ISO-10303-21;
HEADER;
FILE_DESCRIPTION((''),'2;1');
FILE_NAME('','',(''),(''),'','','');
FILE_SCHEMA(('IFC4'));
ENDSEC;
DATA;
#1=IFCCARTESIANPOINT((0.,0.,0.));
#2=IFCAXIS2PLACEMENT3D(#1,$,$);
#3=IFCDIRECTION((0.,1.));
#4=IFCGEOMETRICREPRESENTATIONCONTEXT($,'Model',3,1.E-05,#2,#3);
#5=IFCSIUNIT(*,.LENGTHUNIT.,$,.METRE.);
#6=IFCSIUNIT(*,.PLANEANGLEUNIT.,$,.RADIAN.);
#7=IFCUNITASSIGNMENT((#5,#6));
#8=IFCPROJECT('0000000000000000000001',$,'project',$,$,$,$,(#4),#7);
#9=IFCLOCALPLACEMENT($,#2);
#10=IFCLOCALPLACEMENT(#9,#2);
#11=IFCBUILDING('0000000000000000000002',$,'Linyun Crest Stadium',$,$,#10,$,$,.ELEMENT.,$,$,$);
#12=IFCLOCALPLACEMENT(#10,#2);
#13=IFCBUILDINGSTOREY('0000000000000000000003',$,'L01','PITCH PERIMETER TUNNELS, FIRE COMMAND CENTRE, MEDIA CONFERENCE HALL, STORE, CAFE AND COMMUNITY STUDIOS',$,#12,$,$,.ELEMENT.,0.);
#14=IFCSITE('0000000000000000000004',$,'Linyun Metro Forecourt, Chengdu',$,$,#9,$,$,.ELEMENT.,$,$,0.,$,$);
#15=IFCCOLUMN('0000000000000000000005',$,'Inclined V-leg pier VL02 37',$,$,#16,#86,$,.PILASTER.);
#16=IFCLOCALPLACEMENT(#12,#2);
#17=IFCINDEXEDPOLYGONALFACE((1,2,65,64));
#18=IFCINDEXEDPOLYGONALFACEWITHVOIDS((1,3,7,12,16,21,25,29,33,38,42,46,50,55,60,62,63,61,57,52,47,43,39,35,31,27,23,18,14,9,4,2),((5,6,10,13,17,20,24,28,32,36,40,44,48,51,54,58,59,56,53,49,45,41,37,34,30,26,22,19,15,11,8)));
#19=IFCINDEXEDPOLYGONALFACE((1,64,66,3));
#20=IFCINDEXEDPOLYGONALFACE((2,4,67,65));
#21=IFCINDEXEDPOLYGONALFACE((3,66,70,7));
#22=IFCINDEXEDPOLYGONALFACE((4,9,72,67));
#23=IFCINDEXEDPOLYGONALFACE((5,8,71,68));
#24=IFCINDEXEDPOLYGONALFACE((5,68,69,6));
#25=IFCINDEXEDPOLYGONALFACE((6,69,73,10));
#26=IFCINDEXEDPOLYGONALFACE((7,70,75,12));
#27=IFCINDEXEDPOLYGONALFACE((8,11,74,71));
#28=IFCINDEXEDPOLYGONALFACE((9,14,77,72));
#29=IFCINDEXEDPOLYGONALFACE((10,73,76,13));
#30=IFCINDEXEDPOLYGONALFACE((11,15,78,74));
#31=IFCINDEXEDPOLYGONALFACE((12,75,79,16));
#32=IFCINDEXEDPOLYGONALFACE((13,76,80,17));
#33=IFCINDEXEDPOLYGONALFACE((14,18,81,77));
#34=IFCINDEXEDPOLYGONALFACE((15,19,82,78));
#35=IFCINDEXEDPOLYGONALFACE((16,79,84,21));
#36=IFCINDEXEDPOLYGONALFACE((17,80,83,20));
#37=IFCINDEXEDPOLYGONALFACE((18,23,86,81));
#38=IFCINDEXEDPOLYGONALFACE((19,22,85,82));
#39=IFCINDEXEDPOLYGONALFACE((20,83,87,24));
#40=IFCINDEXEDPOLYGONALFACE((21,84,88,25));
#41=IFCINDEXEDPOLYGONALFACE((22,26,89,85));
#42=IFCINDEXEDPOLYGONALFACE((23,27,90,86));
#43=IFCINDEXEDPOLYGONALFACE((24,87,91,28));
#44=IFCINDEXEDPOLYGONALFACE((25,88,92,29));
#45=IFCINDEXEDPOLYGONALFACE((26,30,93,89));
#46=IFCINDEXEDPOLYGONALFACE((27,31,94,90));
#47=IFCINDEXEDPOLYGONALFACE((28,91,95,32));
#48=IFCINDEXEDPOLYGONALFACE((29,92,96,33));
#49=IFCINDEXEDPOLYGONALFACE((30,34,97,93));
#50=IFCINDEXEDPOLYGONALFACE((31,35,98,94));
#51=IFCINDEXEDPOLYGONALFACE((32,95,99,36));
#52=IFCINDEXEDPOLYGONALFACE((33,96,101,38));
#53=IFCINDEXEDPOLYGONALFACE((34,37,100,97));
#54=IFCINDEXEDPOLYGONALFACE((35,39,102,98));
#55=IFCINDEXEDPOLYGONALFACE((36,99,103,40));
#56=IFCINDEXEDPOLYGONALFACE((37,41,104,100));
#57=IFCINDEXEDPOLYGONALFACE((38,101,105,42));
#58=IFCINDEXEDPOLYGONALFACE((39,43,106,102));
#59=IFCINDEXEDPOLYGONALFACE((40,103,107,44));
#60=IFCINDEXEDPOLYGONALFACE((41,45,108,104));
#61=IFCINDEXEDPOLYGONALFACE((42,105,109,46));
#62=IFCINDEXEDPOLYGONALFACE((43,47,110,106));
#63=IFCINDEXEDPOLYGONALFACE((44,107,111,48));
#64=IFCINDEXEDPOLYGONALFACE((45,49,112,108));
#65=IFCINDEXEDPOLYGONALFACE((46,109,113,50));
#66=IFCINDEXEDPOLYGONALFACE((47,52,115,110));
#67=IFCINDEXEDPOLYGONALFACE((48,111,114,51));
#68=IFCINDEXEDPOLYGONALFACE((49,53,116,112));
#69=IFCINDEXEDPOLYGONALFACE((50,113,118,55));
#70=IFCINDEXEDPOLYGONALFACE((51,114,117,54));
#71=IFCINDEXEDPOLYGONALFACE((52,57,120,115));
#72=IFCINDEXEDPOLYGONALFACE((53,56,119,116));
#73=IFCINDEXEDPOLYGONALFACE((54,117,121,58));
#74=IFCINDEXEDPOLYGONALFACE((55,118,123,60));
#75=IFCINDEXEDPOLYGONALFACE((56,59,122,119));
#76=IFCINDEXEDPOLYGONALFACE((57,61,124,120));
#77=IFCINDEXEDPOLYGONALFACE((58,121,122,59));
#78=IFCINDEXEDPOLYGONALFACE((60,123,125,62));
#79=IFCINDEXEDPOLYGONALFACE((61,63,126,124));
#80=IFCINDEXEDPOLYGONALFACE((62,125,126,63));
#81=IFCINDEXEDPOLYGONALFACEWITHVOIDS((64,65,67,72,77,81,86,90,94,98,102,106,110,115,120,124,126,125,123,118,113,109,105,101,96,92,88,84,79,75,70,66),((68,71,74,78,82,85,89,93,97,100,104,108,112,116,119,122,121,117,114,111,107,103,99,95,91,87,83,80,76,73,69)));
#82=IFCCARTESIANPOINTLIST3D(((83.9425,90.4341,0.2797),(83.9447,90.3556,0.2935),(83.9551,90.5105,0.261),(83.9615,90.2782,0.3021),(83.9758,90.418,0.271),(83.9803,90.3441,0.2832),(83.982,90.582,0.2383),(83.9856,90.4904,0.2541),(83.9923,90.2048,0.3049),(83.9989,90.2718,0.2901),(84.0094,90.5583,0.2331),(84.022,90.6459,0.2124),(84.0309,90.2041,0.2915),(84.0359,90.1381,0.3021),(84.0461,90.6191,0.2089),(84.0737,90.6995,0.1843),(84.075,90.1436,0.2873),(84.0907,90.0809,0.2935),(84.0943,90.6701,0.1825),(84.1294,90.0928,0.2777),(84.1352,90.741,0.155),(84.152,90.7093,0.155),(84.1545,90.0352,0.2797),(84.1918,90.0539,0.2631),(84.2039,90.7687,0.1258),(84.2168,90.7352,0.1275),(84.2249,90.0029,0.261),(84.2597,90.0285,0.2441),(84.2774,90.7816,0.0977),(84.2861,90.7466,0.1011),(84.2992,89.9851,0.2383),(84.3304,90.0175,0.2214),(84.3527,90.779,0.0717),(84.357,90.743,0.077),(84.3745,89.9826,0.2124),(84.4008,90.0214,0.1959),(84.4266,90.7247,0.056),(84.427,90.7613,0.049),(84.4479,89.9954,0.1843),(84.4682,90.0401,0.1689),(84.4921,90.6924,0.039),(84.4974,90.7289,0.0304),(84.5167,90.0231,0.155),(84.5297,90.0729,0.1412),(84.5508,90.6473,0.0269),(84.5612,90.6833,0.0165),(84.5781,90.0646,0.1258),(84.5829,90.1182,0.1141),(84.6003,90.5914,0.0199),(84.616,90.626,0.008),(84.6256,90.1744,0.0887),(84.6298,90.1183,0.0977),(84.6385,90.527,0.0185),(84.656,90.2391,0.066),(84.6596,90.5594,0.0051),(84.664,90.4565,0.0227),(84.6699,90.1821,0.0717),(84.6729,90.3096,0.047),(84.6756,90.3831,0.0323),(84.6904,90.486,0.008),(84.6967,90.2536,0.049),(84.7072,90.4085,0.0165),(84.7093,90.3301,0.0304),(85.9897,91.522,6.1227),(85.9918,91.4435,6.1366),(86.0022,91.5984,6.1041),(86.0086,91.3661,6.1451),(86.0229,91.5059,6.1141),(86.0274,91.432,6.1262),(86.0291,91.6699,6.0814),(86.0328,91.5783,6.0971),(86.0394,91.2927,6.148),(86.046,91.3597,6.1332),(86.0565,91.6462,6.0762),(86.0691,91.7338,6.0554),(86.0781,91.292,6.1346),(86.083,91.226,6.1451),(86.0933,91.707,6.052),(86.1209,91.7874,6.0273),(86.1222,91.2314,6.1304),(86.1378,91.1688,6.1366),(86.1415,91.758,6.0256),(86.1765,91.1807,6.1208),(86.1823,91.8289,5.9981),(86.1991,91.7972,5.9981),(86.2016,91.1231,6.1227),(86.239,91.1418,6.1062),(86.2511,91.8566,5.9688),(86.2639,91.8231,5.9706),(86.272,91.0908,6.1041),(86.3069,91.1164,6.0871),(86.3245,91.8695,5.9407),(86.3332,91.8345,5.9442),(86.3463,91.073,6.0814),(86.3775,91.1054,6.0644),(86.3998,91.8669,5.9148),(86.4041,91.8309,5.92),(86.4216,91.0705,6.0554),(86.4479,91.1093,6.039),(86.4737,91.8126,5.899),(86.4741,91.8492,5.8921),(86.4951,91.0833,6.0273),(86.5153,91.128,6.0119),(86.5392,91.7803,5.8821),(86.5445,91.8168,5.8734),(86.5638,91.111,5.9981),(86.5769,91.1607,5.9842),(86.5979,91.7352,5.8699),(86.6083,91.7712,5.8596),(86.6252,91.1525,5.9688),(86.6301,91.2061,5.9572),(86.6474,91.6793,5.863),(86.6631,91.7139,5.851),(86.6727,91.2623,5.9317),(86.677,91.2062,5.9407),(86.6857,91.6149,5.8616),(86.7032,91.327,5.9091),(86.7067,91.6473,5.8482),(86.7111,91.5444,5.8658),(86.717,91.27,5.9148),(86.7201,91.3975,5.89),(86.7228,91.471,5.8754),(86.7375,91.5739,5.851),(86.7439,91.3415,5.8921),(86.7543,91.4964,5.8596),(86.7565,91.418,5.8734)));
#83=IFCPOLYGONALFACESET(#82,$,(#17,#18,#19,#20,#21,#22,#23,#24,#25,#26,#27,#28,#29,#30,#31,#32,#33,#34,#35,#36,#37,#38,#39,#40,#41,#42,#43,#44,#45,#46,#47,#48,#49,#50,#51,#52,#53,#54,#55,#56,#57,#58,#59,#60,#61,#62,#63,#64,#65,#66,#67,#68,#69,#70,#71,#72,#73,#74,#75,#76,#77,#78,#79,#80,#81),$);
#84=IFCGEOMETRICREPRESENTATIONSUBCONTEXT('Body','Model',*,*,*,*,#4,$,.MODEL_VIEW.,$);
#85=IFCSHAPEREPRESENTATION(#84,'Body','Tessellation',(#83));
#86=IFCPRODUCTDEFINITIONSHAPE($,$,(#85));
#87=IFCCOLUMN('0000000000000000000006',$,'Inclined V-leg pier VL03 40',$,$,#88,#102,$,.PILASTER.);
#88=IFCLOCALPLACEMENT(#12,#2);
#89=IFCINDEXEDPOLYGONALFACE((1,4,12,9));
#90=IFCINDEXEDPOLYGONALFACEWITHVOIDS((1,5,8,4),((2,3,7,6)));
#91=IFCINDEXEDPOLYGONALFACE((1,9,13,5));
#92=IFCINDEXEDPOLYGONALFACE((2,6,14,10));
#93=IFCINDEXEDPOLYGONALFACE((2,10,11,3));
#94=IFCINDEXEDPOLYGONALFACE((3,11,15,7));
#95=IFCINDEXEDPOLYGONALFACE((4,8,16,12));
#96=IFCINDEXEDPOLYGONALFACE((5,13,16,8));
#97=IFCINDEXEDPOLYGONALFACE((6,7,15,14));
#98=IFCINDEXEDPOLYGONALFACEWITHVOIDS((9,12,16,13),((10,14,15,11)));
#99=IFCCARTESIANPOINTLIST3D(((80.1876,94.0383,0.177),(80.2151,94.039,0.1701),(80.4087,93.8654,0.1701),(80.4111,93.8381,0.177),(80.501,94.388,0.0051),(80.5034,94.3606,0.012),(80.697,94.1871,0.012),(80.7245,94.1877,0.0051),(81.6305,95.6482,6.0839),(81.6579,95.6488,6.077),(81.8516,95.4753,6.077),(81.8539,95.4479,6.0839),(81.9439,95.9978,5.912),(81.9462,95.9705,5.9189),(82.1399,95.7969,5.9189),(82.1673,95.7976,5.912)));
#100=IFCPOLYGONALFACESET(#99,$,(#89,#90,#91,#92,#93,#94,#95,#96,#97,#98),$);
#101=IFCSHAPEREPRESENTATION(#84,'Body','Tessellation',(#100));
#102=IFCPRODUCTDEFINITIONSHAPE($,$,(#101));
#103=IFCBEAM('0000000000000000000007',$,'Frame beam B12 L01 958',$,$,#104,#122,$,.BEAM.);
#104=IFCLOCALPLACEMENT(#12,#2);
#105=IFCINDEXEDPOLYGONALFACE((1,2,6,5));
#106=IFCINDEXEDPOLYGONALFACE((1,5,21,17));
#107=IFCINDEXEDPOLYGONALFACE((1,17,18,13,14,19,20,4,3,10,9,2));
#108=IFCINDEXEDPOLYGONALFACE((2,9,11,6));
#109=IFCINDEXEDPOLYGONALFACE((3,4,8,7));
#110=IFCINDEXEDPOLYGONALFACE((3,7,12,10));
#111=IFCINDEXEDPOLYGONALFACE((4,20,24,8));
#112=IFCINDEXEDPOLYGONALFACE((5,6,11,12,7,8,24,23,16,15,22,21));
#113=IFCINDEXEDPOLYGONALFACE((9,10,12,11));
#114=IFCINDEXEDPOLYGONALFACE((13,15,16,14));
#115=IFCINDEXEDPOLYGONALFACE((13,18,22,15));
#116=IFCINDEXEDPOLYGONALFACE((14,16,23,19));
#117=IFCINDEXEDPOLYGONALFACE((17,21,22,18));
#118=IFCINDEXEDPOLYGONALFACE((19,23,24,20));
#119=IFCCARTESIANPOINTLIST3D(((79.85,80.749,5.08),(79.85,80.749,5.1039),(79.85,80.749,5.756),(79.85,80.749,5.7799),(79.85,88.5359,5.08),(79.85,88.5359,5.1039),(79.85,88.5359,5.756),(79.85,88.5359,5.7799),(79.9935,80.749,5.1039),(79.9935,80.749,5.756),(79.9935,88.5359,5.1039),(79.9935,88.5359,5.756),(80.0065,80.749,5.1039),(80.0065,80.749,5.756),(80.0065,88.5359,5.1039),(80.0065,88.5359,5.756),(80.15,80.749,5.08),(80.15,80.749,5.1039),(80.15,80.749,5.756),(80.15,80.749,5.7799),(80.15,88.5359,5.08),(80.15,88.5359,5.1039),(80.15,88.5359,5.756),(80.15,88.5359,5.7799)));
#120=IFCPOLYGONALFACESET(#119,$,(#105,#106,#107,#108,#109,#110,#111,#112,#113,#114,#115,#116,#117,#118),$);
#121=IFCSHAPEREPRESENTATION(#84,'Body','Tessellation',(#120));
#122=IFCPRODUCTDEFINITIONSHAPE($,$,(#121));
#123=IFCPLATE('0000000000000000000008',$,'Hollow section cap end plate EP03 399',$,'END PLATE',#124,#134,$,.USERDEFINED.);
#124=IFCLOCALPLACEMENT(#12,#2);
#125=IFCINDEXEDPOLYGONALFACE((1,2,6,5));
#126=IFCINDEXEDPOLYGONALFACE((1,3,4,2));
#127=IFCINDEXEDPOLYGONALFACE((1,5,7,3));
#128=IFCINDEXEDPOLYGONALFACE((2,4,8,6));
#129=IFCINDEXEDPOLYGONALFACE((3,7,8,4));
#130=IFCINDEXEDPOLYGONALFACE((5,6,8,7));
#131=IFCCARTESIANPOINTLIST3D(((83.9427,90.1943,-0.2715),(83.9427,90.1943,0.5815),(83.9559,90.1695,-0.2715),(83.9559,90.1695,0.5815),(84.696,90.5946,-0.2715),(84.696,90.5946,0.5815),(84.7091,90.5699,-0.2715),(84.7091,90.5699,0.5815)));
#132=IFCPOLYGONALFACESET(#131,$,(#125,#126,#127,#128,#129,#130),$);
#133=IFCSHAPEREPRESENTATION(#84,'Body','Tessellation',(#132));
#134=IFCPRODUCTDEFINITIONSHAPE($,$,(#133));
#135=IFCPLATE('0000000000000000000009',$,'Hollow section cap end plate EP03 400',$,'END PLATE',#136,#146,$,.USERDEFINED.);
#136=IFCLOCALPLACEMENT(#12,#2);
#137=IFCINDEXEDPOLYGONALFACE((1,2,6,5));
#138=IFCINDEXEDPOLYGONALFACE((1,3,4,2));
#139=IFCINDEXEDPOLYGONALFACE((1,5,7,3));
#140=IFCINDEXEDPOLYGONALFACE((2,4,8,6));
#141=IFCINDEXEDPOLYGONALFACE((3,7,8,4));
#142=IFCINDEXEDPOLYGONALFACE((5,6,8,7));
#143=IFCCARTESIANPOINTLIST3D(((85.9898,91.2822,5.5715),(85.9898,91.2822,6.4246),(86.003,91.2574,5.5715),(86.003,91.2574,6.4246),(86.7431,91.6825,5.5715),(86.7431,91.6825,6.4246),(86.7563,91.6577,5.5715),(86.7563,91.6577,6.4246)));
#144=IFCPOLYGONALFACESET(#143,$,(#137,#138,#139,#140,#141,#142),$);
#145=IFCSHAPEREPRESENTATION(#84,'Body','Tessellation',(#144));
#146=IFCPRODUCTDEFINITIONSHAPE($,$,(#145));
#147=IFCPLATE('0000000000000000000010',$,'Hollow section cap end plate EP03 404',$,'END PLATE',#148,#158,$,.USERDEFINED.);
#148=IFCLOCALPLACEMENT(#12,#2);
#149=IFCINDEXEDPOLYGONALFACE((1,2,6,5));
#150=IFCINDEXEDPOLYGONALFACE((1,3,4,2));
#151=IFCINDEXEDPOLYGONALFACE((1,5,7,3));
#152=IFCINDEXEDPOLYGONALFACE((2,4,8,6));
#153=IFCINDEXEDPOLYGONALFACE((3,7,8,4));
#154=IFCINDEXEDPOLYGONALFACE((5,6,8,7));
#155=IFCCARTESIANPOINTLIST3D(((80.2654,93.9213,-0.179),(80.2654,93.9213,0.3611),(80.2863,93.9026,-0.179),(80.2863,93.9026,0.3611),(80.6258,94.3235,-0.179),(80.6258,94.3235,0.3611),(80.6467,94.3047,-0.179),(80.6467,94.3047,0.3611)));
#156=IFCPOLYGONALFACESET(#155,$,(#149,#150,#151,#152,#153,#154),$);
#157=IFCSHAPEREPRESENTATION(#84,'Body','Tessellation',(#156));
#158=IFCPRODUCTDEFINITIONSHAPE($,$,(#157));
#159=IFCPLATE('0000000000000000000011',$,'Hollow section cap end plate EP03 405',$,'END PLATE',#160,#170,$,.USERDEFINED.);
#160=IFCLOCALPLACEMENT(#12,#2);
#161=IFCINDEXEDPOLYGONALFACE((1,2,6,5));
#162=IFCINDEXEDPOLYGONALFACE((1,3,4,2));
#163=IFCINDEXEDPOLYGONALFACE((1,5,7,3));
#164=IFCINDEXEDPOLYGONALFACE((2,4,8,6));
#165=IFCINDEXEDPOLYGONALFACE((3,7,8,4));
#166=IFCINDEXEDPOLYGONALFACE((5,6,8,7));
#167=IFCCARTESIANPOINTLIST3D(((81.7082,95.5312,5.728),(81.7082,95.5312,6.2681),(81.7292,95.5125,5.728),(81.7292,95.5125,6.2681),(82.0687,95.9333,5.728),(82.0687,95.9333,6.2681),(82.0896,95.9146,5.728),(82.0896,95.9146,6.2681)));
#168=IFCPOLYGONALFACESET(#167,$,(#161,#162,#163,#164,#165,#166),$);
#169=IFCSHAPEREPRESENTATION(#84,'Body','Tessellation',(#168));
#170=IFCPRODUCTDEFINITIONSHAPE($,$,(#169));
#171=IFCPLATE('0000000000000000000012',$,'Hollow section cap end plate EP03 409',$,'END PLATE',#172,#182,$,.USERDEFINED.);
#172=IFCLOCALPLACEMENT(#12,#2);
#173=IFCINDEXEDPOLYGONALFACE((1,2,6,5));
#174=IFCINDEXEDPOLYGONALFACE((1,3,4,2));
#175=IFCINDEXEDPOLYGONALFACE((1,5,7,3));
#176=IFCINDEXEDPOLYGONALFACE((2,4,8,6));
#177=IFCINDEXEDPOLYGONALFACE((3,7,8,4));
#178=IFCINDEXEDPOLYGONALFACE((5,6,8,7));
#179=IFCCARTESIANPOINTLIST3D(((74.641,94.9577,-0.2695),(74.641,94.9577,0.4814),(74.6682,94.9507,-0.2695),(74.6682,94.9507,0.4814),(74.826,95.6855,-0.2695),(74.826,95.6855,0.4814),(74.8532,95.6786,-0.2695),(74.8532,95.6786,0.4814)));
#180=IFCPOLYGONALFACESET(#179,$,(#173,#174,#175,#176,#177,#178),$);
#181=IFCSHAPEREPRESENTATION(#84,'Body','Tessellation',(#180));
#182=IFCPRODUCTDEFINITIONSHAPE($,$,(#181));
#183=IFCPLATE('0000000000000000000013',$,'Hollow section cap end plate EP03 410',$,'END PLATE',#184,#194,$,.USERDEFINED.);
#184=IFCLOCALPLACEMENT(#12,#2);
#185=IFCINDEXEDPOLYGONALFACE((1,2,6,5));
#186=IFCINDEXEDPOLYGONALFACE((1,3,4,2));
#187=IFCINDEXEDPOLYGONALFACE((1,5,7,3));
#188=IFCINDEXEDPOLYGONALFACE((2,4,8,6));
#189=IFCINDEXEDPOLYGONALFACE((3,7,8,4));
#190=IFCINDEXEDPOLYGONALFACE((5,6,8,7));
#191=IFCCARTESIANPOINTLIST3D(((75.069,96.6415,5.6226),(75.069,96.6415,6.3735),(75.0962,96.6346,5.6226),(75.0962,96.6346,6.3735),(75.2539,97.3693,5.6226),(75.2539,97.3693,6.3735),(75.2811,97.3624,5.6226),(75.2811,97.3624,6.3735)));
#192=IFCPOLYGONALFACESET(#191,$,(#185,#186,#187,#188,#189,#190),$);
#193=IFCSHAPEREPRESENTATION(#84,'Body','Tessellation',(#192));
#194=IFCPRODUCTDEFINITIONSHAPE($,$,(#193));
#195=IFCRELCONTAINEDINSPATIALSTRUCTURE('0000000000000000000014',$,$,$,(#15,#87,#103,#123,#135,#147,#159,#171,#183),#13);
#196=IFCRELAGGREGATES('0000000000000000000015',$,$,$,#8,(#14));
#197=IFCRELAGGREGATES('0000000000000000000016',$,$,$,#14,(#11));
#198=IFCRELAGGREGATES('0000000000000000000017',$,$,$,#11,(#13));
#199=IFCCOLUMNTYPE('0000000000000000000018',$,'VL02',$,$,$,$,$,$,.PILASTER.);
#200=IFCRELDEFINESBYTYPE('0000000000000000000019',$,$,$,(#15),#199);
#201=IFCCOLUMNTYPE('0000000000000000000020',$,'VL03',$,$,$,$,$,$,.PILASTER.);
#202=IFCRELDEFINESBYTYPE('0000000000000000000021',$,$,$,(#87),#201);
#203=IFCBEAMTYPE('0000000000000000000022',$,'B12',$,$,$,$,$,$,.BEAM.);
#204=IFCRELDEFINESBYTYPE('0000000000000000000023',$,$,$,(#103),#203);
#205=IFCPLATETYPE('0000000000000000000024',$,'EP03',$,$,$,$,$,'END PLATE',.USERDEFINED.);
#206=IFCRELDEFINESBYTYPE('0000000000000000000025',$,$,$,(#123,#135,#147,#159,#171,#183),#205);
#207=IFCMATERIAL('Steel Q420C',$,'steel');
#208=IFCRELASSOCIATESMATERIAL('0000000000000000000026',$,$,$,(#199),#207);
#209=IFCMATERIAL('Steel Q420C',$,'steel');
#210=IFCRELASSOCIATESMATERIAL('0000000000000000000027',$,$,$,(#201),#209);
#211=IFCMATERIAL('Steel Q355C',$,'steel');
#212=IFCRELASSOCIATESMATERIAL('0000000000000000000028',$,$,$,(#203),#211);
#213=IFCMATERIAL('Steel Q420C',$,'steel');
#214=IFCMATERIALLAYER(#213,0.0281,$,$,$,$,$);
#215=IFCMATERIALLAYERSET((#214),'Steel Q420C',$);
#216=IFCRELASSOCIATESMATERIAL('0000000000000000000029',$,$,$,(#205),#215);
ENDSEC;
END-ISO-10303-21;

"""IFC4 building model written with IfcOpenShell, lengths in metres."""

from ifc_helpers import new_model, si_unit, direction, frame, origin, origin_2d, place, context, subcontext, project, spatial, rectangle, hollow_rectangle, hollow_circle, i_section, extrude, material, layer, layer_set, material_profile, profile_set, type_object, element, save


model = new_model("IFC4")

# Units and contexts
model_context = context("Model", 3, precision=1e-05, world=origin(), true_north=direction((0.0, 1.0)))
body_context = subcontext(model_context, "Body", "Model", "MODEL_VIEW")
ifc_project = project(units=[si_unit("LENGTHUNIT", "METRE"), si_unit("PLANEANGLEUNIT", "RADIAN")], contexts=[model_context])

# Site, building, storey
site_placement = place(None, origin())
site = spatial("IfcSite", under=ifc_project, at=site_placement, Name="Linyun Metro Forecourt, Chengdu", CompositionType="ELEMENT", RefElevation=0.0)
building_placement = place(site_placement, origin())
building = spatial("IfcBuilding", under=site, at=building_placement, Name="Linyun Crest Stadium", CompositionType="ELEMENT")
storey_placement = place(building_placement, origin())
storey = spatial("IfcBuildingStorey", under=building, at=storey_placement, Name="L01", Description="PITCH PERIMETER TUNNELS, FIRE COMMAND CENTRE, MEDIA CONFERENCE HALL, STORE, CAFE AND COMMUNITY STUDIOS", CompositionType="ELEMENT", Elevation=0.0)

# Columns
ifc_material_1 = material(Name="Steel Q420C", Category="steel")
ifc_material_profile_1 = material_profile(ifc_material_1, hollow_circle(Radius=0.4065, WallThickness=0.0359, at=origin_2d()), Name="CHS 813x36")
ifc_profile_set_1 = profile_set([ifc_material_profile_1], Name="Steel Q420C")
column_type_1 = type_object("IfcColumnType", Name="VL02", PredefinedType="PILASTER", material=ifc_profile_set_1)
column_1_placement = place(storey_placement, frame((84.3259, 90.3821, 0.155), z_axis=(0.325658, 0.173063, 0.929514), x_axis=(-0.469276, 0.883052, 0.0)))
element("IfcColumn", 1, at=column_1_placement, inside=storey, type_object=column_type_1, Name="Inclined V-leg pier VL02 37", PredefinedType="PILASTER", context=body_context, shape_type="SweptSolid", body=[
    extrude(hollow_circle(Radius=0.4065, WallThickness=0.0359, at=origin_2d()), origin(), (0.0, 0.0, 1.0), 6.2861),
])
ifc_material_2 = material(Name="Steel Q420C", Category="steel")
ifc_material_profile_2 = material_profile(ifc_material_2, hollow_rectangle(XDim=0.3, YDim=0.5, WallThickness=0.02, at=origin_2d()), Name="RHS 500x300x20")
ifc_profile_set_2 = profile_set([ifc_material_profile_2], Name="Steel Q420C")
column_type_2 = type_object("IfcColumnType", Name="VL03", PredefinedType="PILASTER", material=ifc_profile_set_2)
column_2_placement = place(storey_placement, frame((80.4561, 94.113, 0.0911), z_axis=(0.229386, 0.255934, 0.939085), x_axis=(-0.744674, 0.667428, 0.0)))
element("IfcColumn", 2, at=column_2_placement, inside=storey, type_object=column_type_2, Name="Inclined V-leg pier VL03 40", PredefinedType="PILASTER", context=body_context, shape_type="SweptSolid", body=[
    extrude(hollow_rectangle(XDim=0.3, YDim=0.5, WallThickness=0.02, at=origin_2d()), origin(), (0.0, 0.0, 1.0), 6.29),
])

# Beam
ifc_material_3 = material(Name="Steel Q355C", Category="steel")
ifc_material_profile_3 = material_profile(ifc_material_3, i_section(OverallWidth=0.3, OverallDepth=0.7, WebThickness=0.0129, FlangeThickness=0.0239, at=origin_2d()), Name="HN 700x300")
ifc_profile_set_3 = profile_set([ifc_material_profile_3], Name="Steel Q355C")
beam_type = type_object("IfcBeamType", Name="B12", PredefinedType="BEAM", material=ifc_profile_set_3)
beam_placement = place(storey_placement, frame((80.0, 80.749, 5.4299), z_axis=(0.0, 1.0, 0.0), x_axis=(-1.0, 0.0, 0.0)))
element("IfcBeam", 3, at=beam_placement, inside=storey, type_object=beam_type, Name="Frame beam B12 L01 958", PredefinedType="BEAM", context=body_context, shape_type="SweptSolid", body=[
    extrude(i_section(OverallWidth=0.3, OverallDepth=0.7, WebThickness=0.0129, FlangeThickness=0.0239, at=origin_2d()), origin(), (0.0, 0.0, 1.0), 7.7869),
])

# Plates
ifc_material_4 = material(Name="Steel Q420C", Category="steel")
ifc_layer = layer(ifc_material_4, 0.0281)
ifc_layer_set = layer_set([ifc_layer], Name="Steel Q420C")
plate_type = type_object("IfcPlateType", Name="EP03", ElementType="END PLATE", PredefinedType="USERDEFINED", material=ifc_layer_set)
for number, where, z_axis, x_axis, name in (
    (4, (84.3259, 90.3821, -0.2715), (0.0, 0.0, 1.0), (0.88303, 0.469317, 0.0), "Hollow section cap end plate EP03 399"),
    (5, (86.373, 91.47, 5.5715), (0.0, 0.0, 1.0), (0.88303, 0.469317, 0.0), "Hollow section cap end plate EP03 400"),
):
    element("IfcPlate", number, at=place(storey_placement, frame(where, z_axis=z_axis, x_axis=x_axis)), inside=storey, type_object=plate_type, Name=name, ObjectType="END PLATE", PredefinedType="USERDEFINED", context=body_context, shape_type="SweptSolid", body=[
        extrude(rectangle(XDim=0.853, YDim=0.0281, at=origin_2d()), origin(), (0.0, 0.0, 1.0), 0.853),
    ])
for number, where, z_axis, x_axis, name in (
    (6, (80.4561, 94.113, -0.179), (0.0, 0.0, 1.0), (0.667443, 0.744661, 0.0), "Hollow section cap end plate EP03 404"),
    (7, (81.8989, 95.7229, 5.728), (0.0, 0.0, 1.0), (0.667443, 0.744661, 0.0), "Hollow section cap end plate EP03 405"),
):
    element("IfcPlate", number, at=place(storey_placement, frame(where, z_axis=z_axis, x_axis=x_axis)), inside=storey, type_object=plate_type, Name=name, ObjectType="END PLATE", PredefinedType="USERDEFINED", context=body_context, shape_type="SweptSolid", body=[
        extrude(rectangle(XDim=0.54, YDim=0.0281, at=origin_2d()), origin(), (0.0, 0.0, 1.0), 0.54),
    ])
for number, where, z_axis, x_axis, name in (
    (8, (74.7471, 95.3181, -0.2695), (0.0, 0.0, 1.0), (0.246322, 0.969188, 0.0), "Hollow section cap end plate EP03 409"),
    (9, (75.175, 97.002, 5.6226), (0.0, 0.0, 1.0), (0.246322, 0.969188, 0.0), "Hollow section cap end plate EP03 410"),
):
    element("IfcPlate", number, at=place(storey_placement, frame(where, z_axis=z_axis, x_axis=x_axis)), inside=storey, type_object=plate_type, Name=name, ObjectType="END PLATE", PredefinedType="USERDEFINED", context=body_context, shape_type="SweptSolid", body=[
        extrude(rectangle(XDim=0.751, YDim=0.0281, at=origin_2d()), origin(), (0.0, 0.0, 1.0), 0.751),
    ])

save(model, "model.ifc")
